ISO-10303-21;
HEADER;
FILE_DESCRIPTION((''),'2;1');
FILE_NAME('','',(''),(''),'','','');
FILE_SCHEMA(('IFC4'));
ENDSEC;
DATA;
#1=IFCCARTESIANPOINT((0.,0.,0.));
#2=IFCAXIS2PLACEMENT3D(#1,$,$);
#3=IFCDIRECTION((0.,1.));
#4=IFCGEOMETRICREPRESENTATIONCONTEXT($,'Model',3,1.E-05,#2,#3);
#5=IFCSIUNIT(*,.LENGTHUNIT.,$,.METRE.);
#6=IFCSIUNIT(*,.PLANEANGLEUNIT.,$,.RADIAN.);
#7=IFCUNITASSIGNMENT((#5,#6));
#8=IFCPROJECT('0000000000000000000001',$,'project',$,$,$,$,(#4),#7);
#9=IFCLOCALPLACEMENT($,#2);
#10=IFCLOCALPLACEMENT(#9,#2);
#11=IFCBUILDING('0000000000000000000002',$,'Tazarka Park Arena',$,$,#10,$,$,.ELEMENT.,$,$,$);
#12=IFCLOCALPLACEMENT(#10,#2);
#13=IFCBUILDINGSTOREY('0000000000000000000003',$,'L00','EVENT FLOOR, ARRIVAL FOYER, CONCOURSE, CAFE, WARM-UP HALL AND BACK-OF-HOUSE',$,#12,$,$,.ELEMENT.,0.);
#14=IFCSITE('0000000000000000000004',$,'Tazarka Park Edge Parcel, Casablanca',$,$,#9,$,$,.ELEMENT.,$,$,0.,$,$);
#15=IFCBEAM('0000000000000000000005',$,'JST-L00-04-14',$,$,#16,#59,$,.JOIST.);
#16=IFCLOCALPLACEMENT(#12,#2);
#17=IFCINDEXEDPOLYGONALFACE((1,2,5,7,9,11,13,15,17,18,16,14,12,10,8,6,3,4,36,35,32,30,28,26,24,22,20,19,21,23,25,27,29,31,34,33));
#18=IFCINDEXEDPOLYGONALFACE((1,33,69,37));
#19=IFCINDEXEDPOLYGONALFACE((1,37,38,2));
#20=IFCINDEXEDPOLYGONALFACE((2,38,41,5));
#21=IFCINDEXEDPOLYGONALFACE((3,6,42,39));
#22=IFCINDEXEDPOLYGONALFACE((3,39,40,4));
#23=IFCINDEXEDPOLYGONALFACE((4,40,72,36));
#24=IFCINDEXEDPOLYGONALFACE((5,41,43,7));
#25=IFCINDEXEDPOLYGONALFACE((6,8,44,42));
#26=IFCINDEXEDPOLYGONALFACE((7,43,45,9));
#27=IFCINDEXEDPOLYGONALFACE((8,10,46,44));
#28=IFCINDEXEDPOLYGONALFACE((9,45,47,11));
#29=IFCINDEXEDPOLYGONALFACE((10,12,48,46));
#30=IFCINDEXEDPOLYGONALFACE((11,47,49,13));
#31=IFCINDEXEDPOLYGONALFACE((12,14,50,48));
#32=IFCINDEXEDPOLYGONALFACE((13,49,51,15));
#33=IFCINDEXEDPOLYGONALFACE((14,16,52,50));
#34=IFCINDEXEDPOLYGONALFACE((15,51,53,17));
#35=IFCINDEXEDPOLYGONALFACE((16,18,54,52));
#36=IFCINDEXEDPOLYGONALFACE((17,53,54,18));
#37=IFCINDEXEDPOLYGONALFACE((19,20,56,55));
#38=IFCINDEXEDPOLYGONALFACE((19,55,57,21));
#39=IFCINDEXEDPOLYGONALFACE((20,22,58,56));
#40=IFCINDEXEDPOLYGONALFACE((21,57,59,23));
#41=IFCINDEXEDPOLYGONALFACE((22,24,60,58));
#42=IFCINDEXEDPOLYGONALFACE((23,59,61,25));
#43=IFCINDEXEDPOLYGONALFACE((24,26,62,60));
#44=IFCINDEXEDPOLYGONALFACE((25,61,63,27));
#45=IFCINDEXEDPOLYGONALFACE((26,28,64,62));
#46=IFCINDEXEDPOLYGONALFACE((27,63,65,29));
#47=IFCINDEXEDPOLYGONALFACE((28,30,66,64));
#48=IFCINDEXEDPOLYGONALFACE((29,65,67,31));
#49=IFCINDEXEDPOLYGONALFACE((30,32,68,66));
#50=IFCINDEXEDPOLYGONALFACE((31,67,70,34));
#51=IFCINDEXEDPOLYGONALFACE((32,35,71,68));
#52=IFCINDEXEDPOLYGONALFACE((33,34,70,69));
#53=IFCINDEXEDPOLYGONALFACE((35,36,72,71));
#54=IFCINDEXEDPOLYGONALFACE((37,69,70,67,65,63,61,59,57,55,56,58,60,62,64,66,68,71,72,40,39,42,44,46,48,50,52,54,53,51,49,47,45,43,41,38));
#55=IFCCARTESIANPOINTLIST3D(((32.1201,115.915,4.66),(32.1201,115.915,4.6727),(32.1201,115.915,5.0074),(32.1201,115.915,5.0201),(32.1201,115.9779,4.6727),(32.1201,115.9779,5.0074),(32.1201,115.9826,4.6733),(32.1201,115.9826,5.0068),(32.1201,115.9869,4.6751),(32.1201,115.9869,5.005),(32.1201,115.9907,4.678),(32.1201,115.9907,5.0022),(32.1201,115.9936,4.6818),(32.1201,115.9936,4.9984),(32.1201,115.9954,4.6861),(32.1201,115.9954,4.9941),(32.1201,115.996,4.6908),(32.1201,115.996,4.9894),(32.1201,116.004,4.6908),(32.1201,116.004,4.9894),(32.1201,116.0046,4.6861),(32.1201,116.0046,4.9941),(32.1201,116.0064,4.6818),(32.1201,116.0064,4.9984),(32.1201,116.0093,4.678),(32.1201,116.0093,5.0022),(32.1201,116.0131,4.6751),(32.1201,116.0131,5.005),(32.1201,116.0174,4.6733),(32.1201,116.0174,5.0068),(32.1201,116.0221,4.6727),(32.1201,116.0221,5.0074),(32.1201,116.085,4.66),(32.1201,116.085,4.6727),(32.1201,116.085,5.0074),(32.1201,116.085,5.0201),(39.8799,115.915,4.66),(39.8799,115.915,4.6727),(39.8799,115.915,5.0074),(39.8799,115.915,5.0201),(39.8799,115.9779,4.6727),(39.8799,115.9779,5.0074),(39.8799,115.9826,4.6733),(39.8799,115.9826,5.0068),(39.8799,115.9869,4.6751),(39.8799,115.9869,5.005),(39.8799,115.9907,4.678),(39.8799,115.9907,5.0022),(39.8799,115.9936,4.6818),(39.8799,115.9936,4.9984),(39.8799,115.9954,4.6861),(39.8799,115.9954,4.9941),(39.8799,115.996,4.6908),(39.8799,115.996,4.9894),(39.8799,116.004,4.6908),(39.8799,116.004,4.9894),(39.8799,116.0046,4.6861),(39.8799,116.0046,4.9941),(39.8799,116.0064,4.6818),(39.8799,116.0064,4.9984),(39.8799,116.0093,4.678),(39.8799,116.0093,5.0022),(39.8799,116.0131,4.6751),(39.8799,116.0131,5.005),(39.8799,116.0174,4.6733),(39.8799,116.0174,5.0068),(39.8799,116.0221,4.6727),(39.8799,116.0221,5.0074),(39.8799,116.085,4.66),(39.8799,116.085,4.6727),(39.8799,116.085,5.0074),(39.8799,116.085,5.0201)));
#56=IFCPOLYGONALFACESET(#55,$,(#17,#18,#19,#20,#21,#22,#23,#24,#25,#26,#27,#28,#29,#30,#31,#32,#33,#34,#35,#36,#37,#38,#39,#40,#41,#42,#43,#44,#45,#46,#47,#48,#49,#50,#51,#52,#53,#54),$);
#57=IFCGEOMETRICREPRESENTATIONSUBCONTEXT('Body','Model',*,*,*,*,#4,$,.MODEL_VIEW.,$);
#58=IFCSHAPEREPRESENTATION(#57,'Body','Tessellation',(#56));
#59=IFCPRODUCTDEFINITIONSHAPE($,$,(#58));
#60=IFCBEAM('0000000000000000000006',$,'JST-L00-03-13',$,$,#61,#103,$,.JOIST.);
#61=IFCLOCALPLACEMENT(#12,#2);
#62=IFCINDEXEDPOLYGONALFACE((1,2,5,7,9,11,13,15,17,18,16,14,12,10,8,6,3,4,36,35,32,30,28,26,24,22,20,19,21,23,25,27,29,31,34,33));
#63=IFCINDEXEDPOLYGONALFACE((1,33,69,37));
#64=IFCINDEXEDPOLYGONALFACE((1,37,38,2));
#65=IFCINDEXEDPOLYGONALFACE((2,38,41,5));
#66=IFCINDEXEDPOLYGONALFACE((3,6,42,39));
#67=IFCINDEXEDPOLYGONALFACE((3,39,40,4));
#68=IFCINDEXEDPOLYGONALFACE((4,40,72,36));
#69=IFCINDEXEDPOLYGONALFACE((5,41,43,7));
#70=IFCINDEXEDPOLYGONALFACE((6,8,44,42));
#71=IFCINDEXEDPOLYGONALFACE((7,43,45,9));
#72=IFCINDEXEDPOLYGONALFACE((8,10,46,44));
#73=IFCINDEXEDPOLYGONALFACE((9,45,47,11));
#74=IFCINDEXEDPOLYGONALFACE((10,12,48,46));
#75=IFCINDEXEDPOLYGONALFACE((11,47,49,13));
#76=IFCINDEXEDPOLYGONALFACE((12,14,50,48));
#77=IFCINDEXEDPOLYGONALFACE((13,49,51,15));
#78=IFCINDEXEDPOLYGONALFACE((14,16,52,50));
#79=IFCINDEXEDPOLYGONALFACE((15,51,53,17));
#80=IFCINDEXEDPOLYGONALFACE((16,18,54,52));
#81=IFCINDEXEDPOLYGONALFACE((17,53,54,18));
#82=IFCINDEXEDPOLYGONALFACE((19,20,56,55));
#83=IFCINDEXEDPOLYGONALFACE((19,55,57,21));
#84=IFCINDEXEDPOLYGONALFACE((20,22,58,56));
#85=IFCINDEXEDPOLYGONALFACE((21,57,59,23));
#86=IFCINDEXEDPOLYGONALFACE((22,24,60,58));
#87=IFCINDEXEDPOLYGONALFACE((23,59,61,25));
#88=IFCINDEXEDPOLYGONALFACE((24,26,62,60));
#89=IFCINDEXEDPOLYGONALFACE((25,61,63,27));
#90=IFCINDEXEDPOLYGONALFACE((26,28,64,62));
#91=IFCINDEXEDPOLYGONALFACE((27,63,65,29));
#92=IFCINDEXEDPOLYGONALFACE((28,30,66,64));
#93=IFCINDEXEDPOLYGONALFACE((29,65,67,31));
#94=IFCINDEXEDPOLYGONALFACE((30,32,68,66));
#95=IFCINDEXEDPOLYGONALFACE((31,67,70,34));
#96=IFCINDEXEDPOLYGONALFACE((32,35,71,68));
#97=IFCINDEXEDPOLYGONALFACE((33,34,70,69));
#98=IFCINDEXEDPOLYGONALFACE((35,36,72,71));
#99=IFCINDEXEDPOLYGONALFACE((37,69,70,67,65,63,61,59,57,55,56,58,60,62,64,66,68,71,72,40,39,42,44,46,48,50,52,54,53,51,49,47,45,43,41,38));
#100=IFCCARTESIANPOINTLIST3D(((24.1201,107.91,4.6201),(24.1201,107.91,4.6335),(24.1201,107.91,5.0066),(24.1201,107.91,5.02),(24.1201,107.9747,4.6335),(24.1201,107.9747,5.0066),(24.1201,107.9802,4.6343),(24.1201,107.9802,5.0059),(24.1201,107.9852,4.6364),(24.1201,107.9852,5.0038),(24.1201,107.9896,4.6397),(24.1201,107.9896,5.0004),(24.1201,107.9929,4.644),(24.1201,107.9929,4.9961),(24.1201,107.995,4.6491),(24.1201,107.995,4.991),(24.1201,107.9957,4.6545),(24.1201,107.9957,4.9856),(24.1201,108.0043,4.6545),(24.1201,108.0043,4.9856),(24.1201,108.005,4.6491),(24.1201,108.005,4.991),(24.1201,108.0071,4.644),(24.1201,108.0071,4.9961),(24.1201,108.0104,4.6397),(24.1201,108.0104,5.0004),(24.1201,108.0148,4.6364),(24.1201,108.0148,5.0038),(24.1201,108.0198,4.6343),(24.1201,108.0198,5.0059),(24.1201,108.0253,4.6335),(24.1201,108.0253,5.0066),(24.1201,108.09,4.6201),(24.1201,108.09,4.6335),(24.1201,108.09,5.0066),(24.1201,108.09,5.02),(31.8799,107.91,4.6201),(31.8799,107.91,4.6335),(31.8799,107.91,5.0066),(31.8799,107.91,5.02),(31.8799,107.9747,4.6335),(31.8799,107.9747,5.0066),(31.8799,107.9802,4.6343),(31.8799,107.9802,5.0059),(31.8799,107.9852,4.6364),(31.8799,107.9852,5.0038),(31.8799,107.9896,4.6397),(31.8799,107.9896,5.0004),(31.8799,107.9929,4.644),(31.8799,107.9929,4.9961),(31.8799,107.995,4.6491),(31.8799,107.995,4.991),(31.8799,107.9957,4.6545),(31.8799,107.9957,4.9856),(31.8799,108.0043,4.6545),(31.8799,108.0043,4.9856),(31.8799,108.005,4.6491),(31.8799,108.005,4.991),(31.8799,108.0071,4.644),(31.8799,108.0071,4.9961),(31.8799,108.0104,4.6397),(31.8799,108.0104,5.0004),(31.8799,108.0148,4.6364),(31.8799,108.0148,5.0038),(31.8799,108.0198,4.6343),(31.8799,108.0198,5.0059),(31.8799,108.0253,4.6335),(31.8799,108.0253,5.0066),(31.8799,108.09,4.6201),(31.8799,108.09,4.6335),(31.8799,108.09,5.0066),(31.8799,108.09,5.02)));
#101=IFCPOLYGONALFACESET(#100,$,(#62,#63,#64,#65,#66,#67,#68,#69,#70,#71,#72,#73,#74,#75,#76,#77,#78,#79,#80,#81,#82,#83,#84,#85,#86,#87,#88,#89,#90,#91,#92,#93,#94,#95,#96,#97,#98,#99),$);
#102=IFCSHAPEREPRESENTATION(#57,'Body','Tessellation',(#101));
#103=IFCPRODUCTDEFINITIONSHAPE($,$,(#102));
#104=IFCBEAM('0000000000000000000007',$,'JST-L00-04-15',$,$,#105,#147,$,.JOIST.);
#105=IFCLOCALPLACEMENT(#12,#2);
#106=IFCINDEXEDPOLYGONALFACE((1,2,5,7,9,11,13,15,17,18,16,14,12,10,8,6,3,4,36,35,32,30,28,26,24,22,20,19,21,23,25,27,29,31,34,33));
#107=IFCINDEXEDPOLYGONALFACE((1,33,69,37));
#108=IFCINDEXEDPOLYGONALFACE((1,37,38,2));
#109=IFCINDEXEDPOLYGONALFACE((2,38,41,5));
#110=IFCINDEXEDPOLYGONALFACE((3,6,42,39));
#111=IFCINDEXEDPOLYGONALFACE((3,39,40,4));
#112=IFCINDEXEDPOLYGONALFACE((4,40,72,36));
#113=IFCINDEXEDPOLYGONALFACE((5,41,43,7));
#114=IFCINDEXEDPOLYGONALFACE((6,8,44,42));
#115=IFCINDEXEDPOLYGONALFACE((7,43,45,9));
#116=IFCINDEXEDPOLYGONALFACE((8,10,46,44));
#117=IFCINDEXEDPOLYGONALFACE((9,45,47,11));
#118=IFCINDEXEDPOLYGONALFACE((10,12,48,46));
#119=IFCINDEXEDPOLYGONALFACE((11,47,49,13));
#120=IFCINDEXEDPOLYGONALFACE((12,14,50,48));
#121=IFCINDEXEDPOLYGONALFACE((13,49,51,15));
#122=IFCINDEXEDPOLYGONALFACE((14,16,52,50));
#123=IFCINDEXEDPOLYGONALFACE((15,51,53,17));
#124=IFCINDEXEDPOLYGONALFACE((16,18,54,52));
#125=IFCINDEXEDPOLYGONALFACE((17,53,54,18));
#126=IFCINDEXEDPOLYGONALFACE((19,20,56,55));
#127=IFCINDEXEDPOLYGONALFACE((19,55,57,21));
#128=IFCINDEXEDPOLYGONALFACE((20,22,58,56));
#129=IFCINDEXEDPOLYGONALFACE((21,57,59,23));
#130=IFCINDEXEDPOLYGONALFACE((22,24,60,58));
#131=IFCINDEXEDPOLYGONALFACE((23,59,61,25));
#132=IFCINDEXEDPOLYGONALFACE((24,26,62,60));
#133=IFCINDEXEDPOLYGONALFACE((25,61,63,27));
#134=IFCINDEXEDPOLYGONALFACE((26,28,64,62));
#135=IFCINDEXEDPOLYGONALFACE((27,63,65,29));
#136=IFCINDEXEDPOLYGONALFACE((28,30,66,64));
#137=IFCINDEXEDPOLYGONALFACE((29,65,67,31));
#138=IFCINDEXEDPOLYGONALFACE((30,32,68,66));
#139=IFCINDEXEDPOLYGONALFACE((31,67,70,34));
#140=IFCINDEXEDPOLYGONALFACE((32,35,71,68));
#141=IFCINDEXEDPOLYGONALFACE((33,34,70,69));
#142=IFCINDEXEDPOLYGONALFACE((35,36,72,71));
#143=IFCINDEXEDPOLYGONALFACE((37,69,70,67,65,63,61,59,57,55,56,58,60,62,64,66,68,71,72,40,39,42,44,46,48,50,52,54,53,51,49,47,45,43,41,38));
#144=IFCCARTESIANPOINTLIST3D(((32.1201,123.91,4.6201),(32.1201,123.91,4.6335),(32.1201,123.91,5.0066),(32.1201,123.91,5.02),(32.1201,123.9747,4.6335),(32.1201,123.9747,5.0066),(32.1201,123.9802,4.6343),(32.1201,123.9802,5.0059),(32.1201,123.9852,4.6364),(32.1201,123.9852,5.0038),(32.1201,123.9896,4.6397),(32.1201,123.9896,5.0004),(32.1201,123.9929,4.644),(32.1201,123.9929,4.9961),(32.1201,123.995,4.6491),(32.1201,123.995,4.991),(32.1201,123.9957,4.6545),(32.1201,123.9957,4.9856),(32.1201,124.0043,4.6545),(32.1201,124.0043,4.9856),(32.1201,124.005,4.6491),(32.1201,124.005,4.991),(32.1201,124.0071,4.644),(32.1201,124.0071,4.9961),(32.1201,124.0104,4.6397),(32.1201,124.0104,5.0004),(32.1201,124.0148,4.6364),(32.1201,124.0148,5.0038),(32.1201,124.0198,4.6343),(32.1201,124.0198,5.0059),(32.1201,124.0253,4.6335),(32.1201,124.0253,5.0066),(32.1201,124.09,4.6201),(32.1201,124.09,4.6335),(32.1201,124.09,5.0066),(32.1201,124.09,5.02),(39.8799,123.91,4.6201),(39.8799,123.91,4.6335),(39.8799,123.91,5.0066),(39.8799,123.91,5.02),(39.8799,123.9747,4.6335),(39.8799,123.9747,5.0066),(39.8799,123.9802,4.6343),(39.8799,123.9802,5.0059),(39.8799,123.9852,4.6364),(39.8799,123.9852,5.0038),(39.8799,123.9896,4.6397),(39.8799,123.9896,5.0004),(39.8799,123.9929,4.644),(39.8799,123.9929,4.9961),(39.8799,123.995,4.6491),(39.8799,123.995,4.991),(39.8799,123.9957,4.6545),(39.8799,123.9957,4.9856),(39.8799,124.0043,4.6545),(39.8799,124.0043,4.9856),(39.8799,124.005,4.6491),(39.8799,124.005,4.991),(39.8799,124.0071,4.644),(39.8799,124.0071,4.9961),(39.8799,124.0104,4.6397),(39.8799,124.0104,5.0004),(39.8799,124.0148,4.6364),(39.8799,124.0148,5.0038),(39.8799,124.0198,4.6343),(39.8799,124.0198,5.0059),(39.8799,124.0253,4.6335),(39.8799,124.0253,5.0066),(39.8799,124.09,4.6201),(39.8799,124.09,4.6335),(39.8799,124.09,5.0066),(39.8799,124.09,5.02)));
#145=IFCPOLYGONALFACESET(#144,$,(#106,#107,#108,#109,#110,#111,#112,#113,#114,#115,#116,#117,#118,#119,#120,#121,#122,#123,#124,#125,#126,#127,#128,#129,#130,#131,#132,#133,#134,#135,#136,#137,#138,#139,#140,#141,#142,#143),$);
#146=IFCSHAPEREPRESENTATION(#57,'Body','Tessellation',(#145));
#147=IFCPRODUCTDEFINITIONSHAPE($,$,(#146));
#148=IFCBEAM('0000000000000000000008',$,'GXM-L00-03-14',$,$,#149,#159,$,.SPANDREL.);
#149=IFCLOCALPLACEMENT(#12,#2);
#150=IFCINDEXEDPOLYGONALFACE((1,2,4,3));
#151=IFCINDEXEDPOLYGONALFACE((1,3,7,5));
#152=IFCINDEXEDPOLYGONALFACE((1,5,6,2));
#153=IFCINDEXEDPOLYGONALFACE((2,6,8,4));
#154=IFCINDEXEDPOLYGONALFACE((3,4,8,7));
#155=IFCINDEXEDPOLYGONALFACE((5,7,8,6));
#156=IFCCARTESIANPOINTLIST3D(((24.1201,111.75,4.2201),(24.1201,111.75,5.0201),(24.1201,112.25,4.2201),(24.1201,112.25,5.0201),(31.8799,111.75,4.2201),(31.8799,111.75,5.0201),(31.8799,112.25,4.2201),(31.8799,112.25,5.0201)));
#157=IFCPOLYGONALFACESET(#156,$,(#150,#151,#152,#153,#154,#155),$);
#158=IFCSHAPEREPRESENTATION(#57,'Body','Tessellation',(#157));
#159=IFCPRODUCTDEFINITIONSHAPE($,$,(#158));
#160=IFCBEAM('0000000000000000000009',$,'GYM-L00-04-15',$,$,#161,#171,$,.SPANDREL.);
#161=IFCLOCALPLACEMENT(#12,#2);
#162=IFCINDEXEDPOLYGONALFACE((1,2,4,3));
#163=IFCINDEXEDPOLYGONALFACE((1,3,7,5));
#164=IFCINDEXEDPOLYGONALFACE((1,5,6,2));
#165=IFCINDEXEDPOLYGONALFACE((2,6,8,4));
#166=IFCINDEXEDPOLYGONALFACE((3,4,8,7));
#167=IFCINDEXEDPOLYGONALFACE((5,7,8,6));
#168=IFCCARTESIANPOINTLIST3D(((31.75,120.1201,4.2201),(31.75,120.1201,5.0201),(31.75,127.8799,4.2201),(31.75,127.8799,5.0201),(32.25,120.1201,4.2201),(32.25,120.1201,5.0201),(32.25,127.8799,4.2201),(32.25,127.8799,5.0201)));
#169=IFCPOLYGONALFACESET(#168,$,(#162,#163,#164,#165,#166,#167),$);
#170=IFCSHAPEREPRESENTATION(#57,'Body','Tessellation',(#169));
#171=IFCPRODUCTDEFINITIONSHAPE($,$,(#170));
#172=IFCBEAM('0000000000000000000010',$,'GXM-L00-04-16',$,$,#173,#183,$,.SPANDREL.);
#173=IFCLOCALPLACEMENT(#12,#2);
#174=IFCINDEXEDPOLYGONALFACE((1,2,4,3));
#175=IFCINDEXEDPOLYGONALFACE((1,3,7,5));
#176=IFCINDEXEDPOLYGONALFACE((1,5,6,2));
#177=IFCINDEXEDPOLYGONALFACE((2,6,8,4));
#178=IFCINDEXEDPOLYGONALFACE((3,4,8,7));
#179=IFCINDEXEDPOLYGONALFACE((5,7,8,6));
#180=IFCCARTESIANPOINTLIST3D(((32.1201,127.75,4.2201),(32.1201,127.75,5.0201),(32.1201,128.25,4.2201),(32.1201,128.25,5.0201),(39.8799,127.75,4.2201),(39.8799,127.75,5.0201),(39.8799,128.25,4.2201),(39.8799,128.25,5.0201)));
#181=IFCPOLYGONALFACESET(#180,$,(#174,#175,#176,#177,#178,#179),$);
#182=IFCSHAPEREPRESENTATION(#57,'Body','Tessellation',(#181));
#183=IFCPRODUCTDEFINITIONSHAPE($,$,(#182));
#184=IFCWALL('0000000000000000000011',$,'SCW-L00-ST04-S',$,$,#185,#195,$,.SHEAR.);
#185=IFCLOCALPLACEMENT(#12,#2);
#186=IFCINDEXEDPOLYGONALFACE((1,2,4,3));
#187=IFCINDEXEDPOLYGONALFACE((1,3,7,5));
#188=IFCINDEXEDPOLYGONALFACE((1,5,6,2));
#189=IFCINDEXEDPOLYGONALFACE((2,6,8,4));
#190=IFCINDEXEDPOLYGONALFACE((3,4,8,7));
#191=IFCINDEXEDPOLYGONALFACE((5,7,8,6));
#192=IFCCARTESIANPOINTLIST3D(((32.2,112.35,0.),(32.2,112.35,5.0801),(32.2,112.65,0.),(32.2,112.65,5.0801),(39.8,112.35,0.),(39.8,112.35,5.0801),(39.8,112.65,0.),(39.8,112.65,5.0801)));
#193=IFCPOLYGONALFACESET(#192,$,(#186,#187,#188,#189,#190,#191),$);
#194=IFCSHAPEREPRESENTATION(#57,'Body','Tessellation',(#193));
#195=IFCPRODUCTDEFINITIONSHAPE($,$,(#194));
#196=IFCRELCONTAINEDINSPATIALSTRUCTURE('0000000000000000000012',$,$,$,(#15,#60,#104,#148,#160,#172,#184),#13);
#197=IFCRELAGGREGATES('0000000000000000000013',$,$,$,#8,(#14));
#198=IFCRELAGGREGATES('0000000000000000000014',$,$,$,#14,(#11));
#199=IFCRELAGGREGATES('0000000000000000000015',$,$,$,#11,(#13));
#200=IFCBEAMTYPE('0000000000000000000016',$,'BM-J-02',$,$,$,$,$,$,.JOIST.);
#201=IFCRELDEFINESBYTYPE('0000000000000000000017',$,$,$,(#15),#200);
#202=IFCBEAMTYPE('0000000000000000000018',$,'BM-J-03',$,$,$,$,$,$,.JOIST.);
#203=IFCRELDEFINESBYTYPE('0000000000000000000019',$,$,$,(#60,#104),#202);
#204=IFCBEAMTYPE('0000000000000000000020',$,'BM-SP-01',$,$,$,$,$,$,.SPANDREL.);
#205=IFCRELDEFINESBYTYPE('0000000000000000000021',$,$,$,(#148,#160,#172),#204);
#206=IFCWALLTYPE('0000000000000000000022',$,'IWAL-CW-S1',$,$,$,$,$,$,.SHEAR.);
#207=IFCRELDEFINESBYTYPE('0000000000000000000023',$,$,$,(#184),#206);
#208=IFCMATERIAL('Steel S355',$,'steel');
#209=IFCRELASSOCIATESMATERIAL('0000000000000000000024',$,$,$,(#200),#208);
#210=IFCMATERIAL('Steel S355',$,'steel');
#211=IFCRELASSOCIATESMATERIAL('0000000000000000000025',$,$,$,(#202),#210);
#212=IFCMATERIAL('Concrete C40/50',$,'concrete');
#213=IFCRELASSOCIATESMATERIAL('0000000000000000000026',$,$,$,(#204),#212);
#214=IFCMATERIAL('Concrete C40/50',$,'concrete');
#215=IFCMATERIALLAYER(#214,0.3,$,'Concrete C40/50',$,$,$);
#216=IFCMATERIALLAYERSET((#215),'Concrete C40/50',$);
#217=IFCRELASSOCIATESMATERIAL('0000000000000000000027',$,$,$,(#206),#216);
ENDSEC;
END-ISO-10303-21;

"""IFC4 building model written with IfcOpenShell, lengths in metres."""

from ifc_helpers import new_model, si_unit, direction, frame, frame_2d, origin, origin_2d, place, context, subcontext, project, spatial, rectangle, i_section, extrude, material, layer, layer_set, material_profile, profile_set, type_object, element, save


model = new_model("IFC4")

# Units and contexts
model_context = context("Model", 3, precision=1e-05, world=origin(), true_north=direction((0.0, 1.0)))
body_context = subcontext(model_context, "Body", "Model", "MODEL_VIEW")
ifc_project = project(units=[si_unit("LENGTHUNIT", "METRE"), si_unit("PLANEANGLEUNIT", "RADIAN")], contexts=[model_context])

# Site, building, storey
site_placement = place(None, origin())
site = spatial("IfcSite", under=ifc_project, at=site_placement, Name="Tazarka Park Edge Parcel, Casablanca", CompositionType="ELEMENT", RefElevation=0.0)
building_placement = place(site_placement, origin())
building = spatial("IfcBuilding", under=site, at=building_placement, Name="Tazarka Park Arena", CompositionType="ELEMENT")
storey_placement = place(building_placement, origin())
storey = spatial("IfcBuildingStorey", under=building, at=storey_placement, Name="L00", Description="EVENT FLOOR, ARRIVAL FOYER, CONCOURSE, CAFE, WARM-UP HALL AND BACK-OF-HOUSE", CompositionType="ELEMENT", Elevation=0.0)

# Beams
ifc_material_1 = material(Name="Steel S355", Category="steel")
ifc_material_profile_1 = material_profile(ifc_material_1, i_section(OverallWidth=0.1699, OverallDepth=0.3601, WebThickness=0.0081, FlangeThickness=0.0127, FilletRadius=0.0181, at=origin_2d()), Name="Steel S355")
ifc_profile_set_1 = profile_set([ifc_material_profile_1], Name="Steel S355")
beam_type_1 = type_object("IfcBeamType", Name="BM-J-02", PredefinedType="JOIST", material=ifc_profile_set_1)
beam_1_placement = place(storey_placement, frame((32.1201, 116.0, 4.8401), z_axis=(1.0, 0.0, 0.0), x_axis=(0.0, 1.0, 0.0)))
element("IfcBeam", 1, at=beam_1_placement, inside=storey, type_object=beam_type_1, Name="JST-L00-04-14", PredefinedType="JOIST", context=body_context, shape_type="SweptSolid", body=[
    extrude(i_section(OverallWidth=0.1699, OverallDepth=0.3601, WebThickness=0.0081, FlangeThickness=0.0127, FilletRadius=0.0181, at=origin_2d()), origin(), (0.0, 0.0, 1.0), 7.7598),
])
ifc_material_2 = material(Name="Steel S355", Category="steel")
ifc_material_profile_2 = material_profile(ifc_material_2, i_section(OverallWidth=0.1799, OverallDepth=0.3999, WebThickness=0.0085, FlangeThickness=0.0134, FilletRadius=0.021, at=origin_2d()), Name="Steel S355")
ifc_profile_set_2 = profile_set([ifc_material_profile_2], Name="Steel S355")
beam_type_2 = type_object("IfcBeamType", Name="BM-J-03", PredefinedType="JOIST", material=ifc_profile_set_2)
for number, where, z_axis, x_axis, name in (
    (2, (24.1201, 108.0, 4.8201), (1.0, 0.0, 0.0), (0.0, 1.0, 0.0), "JST-L00-03-13"),
    (3, (32.1201, 124.0, 4.8201), (1.0, 0.0, 0.0), (0.0, 1.0, 0.0), "JST-L00-04-15"),
):
    element("IfcBeam", number, at=place(storey_placement, frame(where, z_axis=z_axis, x_axis=x_axis)), inside=storey, type_object=beam_type_2, Name=name, PredefinedType="JOIST", context=body_context, shape_type="SweptSolid", body=[
        extrude(i_section(OverallWidth=0.1799, OverallDepth=0.3999, WebThickness=0.0085, FlangeThickness=0.0134, FilletRadius=0.021, at=origin_2d()), origin(), (0.0, 0.0, 1.0), 7.7598),
    ])
ifc_material_3 = material(Name="Concrete C40/50", Category="concrete")
ifc_material_profile_3 = material_profile(ifc_material_3, rectangle(XDim=0.5, YDim=0.8, at=origin_2d()), Name="Concrete C40/50")
ifc_profile_set_3 = profile_set([ifc_material_profile_3], Name="Concrete C40/50")
beam_type_3 = type_object("IfcBeamType", Name="BM-SP-01", PredefinedType="SPANDREL", material=ifc_profile_set_3)
for number, where, z_axis, x_axis, name in (
    (4, (24.1201, 112.0, 4.6201), (1.0, 0.0, 0.0), (0.0, 1.0, 0.0), "GXM-L00-03-14"),
    (5, (32.0, 120.1201, 4.6201), (0.0, 1.0, 0.0), (-1.0, 0.0, 0.0), "GYM-L00-04-15"),
    (6, (32.1201, 128.0, 4.6201), (1.0, 0.0, 0.0), (0.0, 1.0, 0.0), "GXM-L00-04-16"),
):
    element("IfcBeam", number, at=place(storey_placement, frame(where, z_axis=z_axis, x_axis=x_axis)), inside=storey, type_object=beam_type_3, Name=name, PredefinedType="SPANDREL", context=body_context, shape_type="SweptSolid", body=[
        extrude(rectangle(XDim=0.5, YDim=0.8, at=origin_2d()), origin(), (0.0, 0.0, 1.0), 7.7598),
    ])

# Wall
ifc_material_4 = material(Name="Concrete C40/50", Category="concrete")
ifc_layer_1 = layer(ifc_material_4, 0.3, Name="Concrete C40/50")
ifc_layer_set_1 = layer_set([ifc_layer_1], Name="Concrete C40/50")
wall_type_1 = type_object("IfcWallType", Name="IWAL-CW-S1", PredefinedType="SHEAR", material=ifc_layer_set_1)
wall_1_placement = place(storey_placement, frame((39.8, 112.5, 0.0), z_axis=(0.0, 0.0, 1.0), x_axis=(-1.0, 0.0, 0.0)))
element("IfcWall", 7, at=wall_1_placement, inside=storey, type_object=wall_type_1, Name="SCW-L00-ST04-S", PredefinedType="SHEAR", context=body_context, shape_type="SweptSolid", body=[
    extrude(rectangle(XDim=7.6001, YDim=0.3, at=frame_2d((3.8, 0.0))), origin(), (0.0, 0.0, 1.0), 5.0801),
])

save(model, "model.ifc")
